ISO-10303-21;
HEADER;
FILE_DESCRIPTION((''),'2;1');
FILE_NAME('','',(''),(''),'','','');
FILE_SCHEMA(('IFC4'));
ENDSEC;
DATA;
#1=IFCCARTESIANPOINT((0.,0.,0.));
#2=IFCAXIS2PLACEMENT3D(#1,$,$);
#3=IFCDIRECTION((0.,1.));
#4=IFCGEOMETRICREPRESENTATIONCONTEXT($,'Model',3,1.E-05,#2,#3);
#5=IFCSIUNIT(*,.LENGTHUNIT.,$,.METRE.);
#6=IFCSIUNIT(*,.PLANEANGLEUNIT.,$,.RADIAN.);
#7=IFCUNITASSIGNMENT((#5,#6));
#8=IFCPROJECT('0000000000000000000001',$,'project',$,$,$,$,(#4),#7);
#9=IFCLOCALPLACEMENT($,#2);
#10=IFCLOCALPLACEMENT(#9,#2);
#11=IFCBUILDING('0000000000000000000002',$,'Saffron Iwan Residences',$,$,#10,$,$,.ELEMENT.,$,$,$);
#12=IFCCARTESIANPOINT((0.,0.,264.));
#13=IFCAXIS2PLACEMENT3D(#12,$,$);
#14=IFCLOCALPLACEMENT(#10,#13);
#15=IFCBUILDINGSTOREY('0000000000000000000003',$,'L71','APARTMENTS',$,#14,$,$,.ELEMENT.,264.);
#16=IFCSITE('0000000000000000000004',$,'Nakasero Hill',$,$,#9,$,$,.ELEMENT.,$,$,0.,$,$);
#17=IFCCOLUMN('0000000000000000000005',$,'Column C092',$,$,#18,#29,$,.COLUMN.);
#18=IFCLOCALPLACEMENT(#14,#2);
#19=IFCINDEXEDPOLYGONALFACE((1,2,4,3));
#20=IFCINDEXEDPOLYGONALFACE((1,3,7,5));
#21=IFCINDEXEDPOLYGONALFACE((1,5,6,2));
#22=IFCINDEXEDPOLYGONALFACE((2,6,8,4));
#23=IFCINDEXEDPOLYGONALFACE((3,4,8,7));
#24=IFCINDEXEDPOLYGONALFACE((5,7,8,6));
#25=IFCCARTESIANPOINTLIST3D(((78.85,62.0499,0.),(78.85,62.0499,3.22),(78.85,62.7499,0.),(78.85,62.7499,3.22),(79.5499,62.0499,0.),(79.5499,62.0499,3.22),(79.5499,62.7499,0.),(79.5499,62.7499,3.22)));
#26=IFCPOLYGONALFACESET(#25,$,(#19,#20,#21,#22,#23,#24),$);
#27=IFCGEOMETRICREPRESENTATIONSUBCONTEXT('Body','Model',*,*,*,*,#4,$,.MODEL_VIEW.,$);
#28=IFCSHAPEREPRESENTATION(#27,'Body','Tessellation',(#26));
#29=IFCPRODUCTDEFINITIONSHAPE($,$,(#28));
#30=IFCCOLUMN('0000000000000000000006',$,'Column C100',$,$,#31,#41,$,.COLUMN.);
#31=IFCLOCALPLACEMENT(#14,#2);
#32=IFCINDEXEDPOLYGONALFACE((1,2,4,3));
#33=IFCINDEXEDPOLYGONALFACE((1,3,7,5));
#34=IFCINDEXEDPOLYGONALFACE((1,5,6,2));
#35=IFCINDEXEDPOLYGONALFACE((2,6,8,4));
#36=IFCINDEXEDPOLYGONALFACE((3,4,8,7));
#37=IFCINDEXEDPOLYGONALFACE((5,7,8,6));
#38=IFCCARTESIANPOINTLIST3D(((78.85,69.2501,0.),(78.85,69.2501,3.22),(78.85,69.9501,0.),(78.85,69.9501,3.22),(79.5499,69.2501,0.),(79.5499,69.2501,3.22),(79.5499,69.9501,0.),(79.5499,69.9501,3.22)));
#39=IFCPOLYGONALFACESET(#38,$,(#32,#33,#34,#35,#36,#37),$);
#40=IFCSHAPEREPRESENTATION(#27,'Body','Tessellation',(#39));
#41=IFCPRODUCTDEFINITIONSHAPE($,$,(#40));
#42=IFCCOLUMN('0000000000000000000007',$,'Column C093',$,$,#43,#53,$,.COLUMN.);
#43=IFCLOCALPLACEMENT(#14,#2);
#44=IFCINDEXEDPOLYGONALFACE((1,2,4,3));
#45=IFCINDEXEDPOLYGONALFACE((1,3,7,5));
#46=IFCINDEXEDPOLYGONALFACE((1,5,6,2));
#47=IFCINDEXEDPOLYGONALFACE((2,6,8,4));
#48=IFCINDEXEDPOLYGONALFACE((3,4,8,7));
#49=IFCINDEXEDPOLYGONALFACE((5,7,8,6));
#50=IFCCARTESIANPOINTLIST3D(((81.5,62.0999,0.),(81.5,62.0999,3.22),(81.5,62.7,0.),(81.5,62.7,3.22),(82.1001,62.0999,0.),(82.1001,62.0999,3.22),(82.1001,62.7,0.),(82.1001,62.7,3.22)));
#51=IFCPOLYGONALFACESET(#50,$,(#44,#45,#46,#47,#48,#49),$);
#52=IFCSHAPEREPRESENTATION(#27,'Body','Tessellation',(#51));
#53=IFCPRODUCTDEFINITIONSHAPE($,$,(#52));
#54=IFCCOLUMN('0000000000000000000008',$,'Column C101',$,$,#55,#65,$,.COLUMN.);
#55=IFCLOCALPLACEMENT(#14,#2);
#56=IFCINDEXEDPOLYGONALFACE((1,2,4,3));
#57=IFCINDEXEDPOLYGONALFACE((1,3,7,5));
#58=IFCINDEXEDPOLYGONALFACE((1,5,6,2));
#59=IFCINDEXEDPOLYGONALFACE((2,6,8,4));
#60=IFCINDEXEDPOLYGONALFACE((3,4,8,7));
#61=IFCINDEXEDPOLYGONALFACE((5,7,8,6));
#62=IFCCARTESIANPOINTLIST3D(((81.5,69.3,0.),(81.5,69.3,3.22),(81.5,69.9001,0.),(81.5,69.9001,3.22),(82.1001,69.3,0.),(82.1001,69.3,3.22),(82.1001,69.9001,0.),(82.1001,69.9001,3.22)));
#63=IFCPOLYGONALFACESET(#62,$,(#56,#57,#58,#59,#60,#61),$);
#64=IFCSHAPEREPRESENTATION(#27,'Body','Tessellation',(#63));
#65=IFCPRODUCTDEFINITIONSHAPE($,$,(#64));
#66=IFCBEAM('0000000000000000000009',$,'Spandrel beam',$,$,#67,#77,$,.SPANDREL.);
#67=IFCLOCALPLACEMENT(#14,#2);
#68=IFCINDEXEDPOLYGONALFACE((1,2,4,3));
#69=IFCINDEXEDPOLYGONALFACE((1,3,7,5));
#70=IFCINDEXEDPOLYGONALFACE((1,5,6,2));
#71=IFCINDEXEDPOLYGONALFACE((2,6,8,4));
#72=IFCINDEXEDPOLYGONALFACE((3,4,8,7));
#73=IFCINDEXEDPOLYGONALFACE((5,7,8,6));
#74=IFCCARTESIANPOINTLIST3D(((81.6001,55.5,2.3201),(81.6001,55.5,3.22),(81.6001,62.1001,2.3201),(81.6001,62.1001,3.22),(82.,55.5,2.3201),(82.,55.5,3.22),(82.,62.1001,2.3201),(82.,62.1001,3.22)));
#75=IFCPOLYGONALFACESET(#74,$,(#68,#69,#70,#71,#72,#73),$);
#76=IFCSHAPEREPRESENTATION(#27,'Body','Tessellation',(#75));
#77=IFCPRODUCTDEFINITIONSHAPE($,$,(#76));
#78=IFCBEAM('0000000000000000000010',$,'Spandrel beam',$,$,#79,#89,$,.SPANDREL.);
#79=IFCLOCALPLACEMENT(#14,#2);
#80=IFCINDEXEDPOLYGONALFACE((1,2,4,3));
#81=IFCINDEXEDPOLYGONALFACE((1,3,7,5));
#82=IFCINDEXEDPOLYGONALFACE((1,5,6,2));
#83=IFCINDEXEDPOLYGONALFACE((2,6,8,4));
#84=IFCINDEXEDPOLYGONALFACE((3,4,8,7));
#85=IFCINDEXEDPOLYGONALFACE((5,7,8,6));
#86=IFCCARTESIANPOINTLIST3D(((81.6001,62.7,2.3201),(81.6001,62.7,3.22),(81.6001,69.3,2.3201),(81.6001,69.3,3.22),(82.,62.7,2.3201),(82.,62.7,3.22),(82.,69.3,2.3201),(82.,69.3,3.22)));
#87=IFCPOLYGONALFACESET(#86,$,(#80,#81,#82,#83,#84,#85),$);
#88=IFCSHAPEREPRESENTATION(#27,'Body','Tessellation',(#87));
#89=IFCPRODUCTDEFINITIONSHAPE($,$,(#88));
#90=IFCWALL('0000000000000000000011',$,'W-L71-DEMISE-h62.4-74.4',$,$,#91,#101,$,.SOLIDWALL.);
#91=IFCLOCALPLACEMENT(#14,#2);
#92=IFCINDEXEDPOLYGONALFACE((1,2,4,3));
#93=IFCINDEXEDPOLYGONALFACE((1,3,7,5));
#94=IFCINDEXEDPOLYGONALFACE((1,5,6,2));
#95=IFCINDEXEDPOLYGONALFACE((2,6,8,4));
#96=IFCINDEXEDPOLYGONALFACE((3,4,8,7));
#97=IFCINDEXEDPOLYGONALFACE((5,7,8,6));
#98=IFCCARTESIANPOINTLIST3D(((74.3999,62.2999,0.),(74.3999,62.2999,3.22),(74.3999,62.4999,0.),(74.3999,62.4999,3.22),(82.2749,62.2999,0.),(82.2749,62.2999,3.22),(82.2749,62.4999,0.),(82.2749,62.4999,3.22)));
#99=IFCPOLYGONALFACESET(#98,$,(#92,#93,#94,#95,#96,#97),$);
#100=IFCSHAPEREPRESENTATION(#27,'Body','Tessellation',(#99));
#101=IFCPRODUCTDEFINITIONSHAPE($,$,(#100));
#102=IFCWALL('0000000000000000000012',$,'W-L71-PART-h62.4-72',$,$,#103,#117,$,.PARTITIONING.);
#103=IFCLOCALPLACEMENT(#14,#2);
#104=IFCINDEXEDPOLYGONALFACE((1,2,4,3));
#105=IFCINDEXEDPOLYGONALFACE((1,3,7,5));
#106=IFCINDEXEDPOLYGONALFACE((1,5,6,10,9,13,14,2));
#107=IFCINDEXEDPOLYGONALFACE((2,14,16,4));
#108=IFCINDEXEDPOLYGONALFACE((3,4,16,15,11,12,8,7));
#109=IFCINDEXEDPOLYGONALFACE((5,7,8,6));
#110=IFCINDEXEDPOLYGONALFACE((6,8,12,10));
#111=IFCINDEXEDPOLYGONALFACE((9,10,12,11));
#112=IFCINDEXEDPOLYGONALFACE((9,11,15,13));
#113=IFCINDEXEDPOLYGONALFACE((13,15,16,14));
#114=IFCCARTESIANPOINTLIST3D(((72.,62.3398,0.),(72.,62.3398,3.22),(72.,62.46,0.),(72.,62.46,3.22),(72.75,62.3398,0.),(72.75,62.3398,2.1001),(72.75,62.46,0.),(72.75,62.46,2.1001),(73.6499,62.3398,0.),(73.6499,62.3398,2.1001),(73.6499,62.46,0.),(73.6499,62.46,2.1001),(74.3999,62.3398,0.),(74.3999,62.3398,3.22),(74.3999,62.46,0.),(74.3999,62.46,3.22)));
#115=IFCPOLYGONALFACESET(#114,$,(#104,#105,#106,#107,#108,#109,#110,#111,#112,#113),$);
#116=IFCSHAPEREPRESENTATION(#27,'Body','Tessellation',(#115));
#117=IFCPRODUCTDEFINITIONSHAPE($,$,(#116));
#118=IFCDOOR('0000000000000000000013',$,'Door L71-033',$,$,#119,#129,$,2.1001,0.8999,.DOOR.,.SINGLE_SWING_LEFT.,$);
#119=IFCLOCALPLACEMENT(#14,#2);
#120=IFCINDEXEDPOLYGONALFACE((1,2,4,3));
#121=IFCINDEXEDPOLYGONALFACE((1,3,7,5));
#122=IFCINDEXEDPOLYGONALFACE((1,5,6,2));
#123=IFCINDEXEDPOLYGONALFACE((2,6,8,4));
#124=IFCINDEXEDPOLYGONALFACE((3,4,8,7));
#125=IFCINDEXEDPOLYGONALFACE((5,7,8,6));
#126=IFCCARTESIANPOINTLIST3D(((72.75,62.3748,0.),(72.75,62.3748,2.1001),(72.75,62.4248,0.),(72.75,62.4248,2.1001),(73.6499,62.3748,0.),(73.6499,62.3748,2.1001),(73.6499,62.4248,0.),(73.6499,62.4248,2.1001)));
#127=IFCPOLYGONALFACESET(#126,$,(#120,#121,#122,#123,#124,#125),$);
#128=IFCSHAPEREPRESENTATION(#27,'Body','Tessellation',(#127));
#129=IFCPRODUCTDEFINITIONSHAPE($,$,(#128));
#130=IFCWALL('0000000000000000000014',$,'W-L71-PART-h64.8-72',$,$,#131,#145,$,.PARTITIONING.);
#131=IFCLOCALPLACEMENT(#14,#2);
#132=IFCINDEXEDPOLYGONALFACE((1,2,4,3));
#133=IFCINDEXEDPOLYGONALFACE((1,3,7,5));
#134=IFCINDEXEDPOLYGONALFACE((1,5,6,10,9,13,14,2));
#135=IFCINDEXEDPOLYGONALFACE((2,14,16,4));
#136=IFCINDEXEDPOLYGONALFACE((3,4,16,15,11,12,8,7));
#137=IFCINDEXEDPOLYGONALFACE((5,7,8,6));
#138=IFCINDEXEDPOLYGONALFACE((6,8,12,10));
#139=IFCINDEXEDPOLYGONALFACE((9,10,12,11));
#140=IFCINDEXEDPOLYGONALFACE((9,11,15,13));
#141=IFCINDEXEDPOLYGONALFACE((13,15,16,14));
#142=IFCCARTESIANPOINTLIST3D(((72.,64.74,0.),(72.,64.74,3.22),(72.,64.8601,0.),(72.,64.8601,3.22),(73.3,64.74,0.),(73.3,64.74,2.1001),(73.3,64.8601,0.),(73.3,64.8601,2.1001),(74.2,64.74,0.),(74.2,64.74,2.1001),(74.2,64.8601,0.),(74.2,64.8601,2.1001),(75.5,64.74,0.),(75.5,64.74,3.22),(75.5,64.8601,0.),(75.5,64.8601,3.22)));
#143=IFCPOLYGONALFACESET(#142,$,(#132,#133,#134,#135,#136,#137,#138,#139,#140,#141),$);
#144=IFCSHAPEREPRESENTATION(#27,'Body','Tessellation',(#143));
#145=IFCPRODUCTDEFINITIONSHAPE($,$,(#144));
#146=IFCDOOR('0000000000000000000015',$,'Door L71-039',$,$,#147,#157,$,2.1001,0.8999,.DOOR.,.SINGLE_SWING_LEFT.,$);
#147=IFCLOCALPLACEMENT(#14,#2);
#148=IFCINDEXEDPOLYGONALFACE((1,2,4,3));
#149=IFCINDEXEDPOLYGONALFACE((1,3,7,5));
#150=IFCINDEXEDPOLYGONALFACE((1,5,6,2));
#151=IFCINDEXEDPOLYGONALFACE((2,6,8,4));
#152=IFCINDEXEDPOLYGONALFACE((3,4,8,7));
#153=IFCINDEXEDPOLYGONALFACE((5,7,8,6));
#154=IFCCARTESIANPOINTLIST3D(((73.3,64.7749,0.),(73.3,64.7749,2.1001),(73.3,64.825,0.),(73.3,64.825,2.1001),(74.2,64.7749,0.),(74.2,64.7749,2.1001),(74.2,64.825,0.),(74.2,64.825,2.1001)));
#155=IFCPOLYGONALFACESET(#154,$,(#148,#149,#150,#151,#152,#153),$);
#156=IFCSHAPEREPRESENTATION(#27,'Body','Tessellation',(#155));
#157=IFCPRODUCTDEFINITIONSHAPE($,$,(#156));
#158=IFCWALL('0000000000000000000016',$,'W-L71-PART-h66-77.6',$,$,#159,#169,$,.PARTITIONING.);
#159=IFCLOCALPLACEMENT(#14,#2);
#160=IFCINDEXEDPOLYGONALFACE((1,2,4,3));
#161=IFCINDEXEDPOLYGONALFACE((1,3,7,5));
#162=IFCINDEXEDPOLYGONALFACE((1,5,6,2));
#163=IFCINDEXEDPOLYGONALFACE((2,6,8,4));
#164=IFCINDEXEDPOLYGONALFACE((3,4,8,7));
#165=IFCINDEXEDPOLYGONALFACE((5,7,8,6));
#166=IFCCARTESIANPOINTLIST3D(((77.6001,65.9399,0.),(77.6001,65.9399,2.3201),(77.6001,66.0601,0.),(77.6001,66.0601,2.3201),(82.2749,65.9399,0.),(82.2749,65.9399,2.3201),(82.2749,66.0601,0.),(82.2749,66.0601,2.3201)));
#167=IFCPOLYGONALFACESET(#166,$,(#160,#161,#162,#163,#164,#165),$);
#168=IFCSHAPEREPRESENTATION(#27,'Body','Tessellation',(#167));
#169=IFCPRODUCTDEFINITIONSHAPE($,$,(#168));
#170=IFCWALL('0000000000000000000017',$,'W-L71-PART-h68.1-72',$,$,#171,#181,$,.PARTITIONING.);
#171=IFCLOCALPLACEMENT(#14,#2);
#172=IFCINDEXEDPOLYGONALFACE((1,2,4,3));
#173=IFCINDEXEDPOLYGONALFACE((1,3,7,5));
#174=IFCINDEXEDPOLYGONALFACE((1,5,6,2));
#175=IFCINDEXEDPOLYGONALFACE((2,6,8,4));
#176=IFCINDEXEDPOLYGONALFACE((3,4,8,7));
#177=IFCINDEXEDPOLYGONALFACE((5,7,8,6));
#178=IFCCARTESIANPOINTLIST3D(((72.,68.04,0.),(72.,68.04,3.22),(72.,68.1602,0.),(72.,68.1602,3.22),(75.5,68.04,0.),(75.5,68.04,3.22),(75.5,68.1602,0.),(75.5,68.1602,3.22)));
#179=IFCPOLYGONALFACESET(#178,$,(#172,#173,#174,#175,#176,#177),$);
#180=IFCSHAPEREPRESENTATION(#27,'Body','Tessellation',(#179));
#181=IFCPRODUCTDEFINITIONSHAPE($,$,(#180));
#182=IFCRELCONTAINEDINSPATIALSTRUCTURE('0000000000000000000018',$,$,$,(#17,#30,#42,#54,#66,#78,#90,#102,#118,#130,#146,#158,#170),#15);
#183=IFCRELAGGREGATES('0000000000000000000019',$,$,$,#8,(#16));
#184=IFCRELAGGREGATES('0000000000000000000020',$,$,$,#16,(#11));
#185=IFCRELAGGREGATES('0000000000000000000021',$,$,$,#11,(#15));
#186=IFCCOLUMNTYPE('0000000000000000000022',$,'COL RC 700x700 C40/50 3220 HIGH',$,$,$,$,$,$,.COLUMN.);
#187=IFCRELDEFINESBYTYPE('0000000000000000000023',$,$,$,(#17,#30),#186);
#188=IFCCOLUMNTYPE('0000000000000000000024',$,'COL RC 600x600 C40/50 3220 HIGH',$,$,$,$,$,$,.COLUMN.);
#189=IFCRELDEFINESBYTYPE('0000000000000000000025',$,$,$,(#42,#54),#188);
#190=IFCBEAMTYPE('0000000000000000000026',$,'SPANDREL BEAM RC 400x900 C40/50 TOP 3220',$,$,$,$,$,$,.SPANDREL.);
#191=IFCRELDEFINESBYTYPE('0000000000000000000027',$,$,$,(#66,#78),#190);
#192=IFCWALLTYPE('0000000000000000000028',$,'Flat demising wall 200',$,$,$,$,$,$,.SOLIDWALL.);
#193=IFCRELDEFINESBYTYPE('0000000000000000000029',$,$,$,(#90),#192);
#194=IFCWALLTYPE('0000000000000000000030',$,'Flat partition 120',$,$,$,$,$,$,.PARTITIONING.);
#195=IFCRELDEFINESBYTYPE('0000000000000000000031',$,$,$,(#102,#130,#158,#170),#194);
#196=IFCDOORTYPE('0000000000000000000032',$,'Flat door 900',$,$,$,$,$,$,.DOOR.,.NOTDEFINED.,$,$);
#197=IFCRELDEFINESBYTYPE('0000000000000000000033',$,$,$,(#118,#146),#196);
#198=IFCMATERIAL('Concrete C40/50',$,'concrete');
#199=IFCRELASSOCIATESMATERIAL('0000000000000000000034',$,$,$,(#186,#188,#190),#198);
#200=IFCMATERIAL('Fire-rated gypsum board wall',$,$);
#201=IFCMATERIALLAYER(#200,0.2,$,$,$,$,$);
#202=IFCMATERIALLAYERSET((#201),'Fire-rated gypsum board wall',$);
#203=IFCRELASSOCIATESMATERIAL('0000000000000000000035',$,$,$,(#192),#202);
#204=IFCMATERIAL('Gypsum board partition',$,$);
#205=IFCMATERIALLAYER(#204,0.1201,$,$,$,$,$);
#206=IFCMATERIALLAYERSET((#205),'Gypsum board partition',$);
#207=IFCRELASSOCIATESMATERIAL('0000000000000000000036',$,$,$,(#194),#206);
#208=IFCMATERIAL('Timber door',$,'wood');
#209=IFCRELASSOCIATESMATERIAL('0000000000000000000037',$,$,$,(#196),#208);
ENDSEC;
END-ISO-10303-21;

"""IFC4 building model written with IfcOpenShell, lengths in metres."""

from ifc_helpers import new_model, si_unit, direction, frame, frame_2d, origin, origin_2d, place, context, subcontext, project, spatial, rectangle, extrude, source, transform, mapped, material, layer, layer_set, material_profile, profile_set, type_object, element, fill, save


model = new_model("IFC4")

# Units and contexts
model_context = context("Model", 3, precision=1e-05, world=origin(), true_north=direction((0.0, 1.0)))
body_context = subcontext(model_context, "Body", "Model", "MODEL_VIEW")
ifc_project = project(units=[si_unit("LENGTHUNIT", "METRE"), si_unit("PLANEANGLEUNIT", "RADIAN")], contexts=[model_context])

# Site, building, storey
site_placement = place(None, origin())
site = spatial("IfcSite", under=ifc_project, at=site_placement, Name="Nakasero Hill", CompositionType="ELEMENT", RefElevation=0.0)
building_placement = place(site_placement, origin())
building = spatial("IfcBuilding", under=site, at=building_placement, Name="Saffron Iwan Residences", CompositionType="ELEMENT")
storey_placement = place(building_placement, frame((0.0, 0.0, 264.0)))
storey = spatial("IfcBuildingStorey", under=building, at=storey_placement, Name="L71", Description="APARTMENTS", CompositionType="ELEMENT", Elevation=264.0)

# Columns
ifc_material_1 = material(Name="Concrete C40/50", Category="concrete")
ifc_material_profile_1 = material_profile(ifc_material_1, rectangle(XDim=0.7, YDim=0.7, at=origin_2d()), Name="RC 700x700")
ifc_profile_set_1 = profile_set([ifc_material_profile_1], Name="Concrete C40/50")
column_type_1 = type_object("IfcColumnType", Name="COL RC 700x700 C40/50 3220 HIGH", PredefinedType="COLUMN", material=ifc_profile_set_1)
shared_shape_1 = source(origin(), body_context, "Body", "SweptSolid", [
    extrude(rectangle(XDim=0.7, YDim=0.7, at=origin_2d()), origin(), (0.0, 0.0, 1.0), 3.22),
])
for number, where, z_axis, x_axis, name in (
    (1, (79.2, 62.3999, 0.0), (0.0, 0.0, 1.0), (1.0, 0.0, 0.0), "Column C092"),
    (2, (79.2, 69.6001, 0.0), (0.0, 0.0, 1.0), (1.0, 0.0, 0.0), "Column C100"),
):
    element("IfcColumn", number, at=place(storey_placement, frame(where, z_axis=z_axis, x_axis=x_axis)), inside=storey, type_object=column_type_1, Name=name, PredefinedType="COLUMN", context=body_context, shape_type="MappedRepresentation", body=[
        mapped(shared_shape_1, transform((0.0, 0.0, 0.0))),
    ])
ifc_material_profile_2 = material_profile(ifc_material_1, rectangle(XDim=0.6001, YDim=0.6001, at=origin_2d()), Name="RC 600x600")
ifc_profile_set_2 = profile_set([ifc_material_profile_2], Name="Concrete C40/50")
column_type_2 = type_object("IfcColumnType", Name="COL RC 600x600 C40/50 3220 HIGH", PredefinedType="COLUMN", material=ifc_profile_set_2)
shared_shape_2 = source(origin(), body_context, "Body", "SweptSolid", [
    extrude(rectangle(XDim=0.6001, YDim=0.6001, at=origin_2d()), origin(), (0.0, 0.0, 1.0), 3.22),
])
for number, where, z_axis, x_axis, name in (
    (3, (81.8, 62.3999, 0.0), (0.0, 0.0, 1.0), (1.0, 0.0, 0.0), "Column C093"),
    (4, (81.8, 69.6001, 0.0), (0.0, 0.0, 1.0), (1.0, 0.0, 0.0), "Column C101"),
):
    element("IfcColumn", number, at=place(storey_placement, frame(where, z_axis=z_axis, x_axis=x_axis)), inside=storey, type_object=column_type_2, Name=name, PredefinedType="COLUMN", context=body_context, shape_type="MappedRepresentation", body=[
        mapped(shared_shape_2, transform((0.0, 0.0, 0.0))),
    ])

# Beams
ifc_material_profile_3 = material_profile(ifc_material_1, rectangle(XDim=0.3999, YDim=0.8999, at=origin_2d()), Name="RC 400x900")
ifc_profile_set_3 = profile_set([ifc_material_profile_3], Name="Concrete C40/50")
beam_type = type_object("IfcBeamType", Name="SPANDREL BEAM RC 400x900 C40/50 TOP 3220", PredefinedType="SPANDREL", material=ifc_profile_set_3)
shared_shape_3 = source(origin(), body_context, "Body", "SweptSolid", [
    extrude(rectangle(XDim=0.3999, YDim=0.8999, at=origin_2d()), origin(), (0.0, 0.0, 1.0), 6.6001),
])
for number, where, z_axis, x_axis, name in (
    (5, (81.8, 62.1001, 2.77), (0.0, -1.0, 0.0), (1.0, 0.0, 0.0), "Spandrel beam"),
    (6, (81.8, 69.3, 2.77), (0.0, -1.0, 0.0), (1.0, 0.0, 0.0), "Spandrel beam"),
):
    element("IfcBeam", number, at=place(storey_placement, frame(where, z_axis=z_axis, x_axis=x_axis)), inside=storey, type_object=beam_type, Name=name, PredefinedType="SPANDREL", context=body_context, shape_type="MappedRepresentation", body=[
        mapped(shared_shape_3, transform((0.0, 0.0, 0.0))),
    ])

# Wall
ifc_material_2 = material(Name="Fire-rated gypsum board wall")
ifc_layer_1 = layer(ifc_material_2, 0.2)
ifc_layer_set_1 = layer_set([ifc_layer_1], Name="Fire-rated gypsum board wall")
wall_type_1 = type_object("IfcWallType", Name="Flat demising wall 200", PredefinedType="SOLIDWALL", material=ifc_layer_set_1)
wall_1_placement = place(storey_placement, frame((74.3999, 62.3999, 0.0), z_axis=(0.0, 0.0, 1.0), x_axis=(1.0, 0.0, 0.0)))
element("IfcWall", 7, at=wall_1_placement, inside=storey, type_object=wall_type_1, Name="W-L71-DEMISE-h62.4-74.4", PredefinedType="SOLIDWALL", context=body_context, shape_type="SweptSolid", body=[
    extrude(rectangle(XDim=7.875, YDim=0.2, at=frame_2d((3.9375, 0.0))), origin(), (0.0, 0.0, 1.0), 3.22),
])

# Walls, openings, doors
ifc_material_3 = material(Name="Gypsum board partition")
ifc_layer_2 = layer(ifc_material_3, 0.1201)
ifc_layer_set_2 = layer_set([ifc_layer_2], Name="Gypsum board partition")
wall_type_2 = type_object("IfcWallType", Name="Flat partition 120", PredefinedType="PARTITIONING", material=ifc_layer_set_2)
wall_2_placement = place(storey_placement, frame((72.0, 62.3999, 0.0), z_axis=(0.0, 0.0, 1.0), x_axis=(1.0, 0.0, 0.0)))
wall_2 = element("IfcWall", 8, at=wall_2_placement, inside=storey, type_object=wall_type_2, Name="W-L71-PART-h62.4-72", PredefinedType="PARTITIONING", context=body_context, shape_type="SweptSolid", body=[
    extrude(rectangle(XDim=2.3999, YDim=0.1201, at=frame_2d((1.2, 0.0))), origin(), (0.0, 0.0, 1.0), 3.22),
])
opening_1_placement = place(wall_2_placement, frame((0.75, 0.0, 0.0)))
opening_1 = element("IfcOpeningElement", 9, at=opening_1_placement, cuts=wall_2, PredefinedType="OPENING", context=body_context, shape_type="SweptSolid", body=[
    extrude(rectangle(XDim=0.8999, YDim=2.1001, at=frame_2d((0.45, 1.05))), frame((0.0, 0.0701, 0.0), z_axis=(0.0, -1.0, 0.0), x_axis=(1.0, 0.0, 0.0)), (0.0, 0.0, 1.0), 0.1401),
])
ifc_material_4 = material(Name="Timber door", Category="wood")
door_type_1 = type_object("IfcDoorType", Name="Flat door 900", OperationType="NOTDEFINED", PredefinedType="DOOR", material=ifc_material_4)
door_1_placement = place(opening_1_placement, origin())
door_1 = element("IfcDoor", 10, at=door_1_placement, inside=storey, type_object=door_type_1, Name="Door L71-033", OperationType="SINGLE_SWING_LEFT", OverallHeight=2.1001, OverallWidth=0.8999, PredefinedType="DOOR", context=body_context, shape_type="SweptSolid", body=[
    extrude(rectangle(XDim=0.8999, YDim=2.1001, at=frame_2d((0.45, 1.05))), frame((0.0, 0.0249, 0.0), z_axis=(0.0, -1.0, 0.0), x_axis=(1.0, 0.0, 0.0)), (0.0, 0.0, 1.0), 0.05),
])
fill(opening_1, door_1)
wall_3_placement = place(storey_placement, frame((72.0, 64.8, 0.0), z_axis=(0.0, 0.0, 1.0), x_axis=(1.0, 0.0, 0.0)))
wall_3 = element("IfcWall", 11, at=wall_3_placement, inside=storey, type_object=wall_type_2, Name="W-L71-PART-h64.8-72", PredefinedType="PARTITIONING", context=body_context, shape_type="SweptSolid", body=[
    extrude(rectangle(XDim=3.5, YDim=0.1201, at=frame_2d((1.75, 0.0))), origin(), (0.0, 0.0, 1.0), 3.22),
])
opening_2_placement = place(wall_3_placement, frame((1.3, 0.0, 0.0)))
opening_2 = element("IfcOpeningElement", 12, at=opening_2_placement, cuts=wall_3, PredefinedType="OPENING", context=body_context, shape_type="SweptSolid", body=[
    extrude(rectangle(XDim=0.8999, YDim=2.1001, at=frame_2d((0.45, 1.05))), frame((0.0, 0.0701, 0.0), z_axis=(0.0, -1.0, 0.0), x_axis=(1.0, 0.0, 0.0)), (0.0, 0.0, 1.0), 0.1401),
])
door_2_placement = place(opening_2_placement, origin())
door_2 = element("IfcDoor", 13, at=door_2_placement, inside=storey, type_object=door_type_1, Name="Door L71-039", OperationType="SINGLE_SWING_LEFT", OverallHeight=2.1001, OverallWidth=0.8999, PredefinedType="DOOR", context=body_context, shape_type="SweptSolid", body=[
    extrude(rectangle(XDim=0.8999, YDim=2.1001, at=frame_2d((0.45, 1.05))), frame((0.0, 0.0249, 0.0), z_axis=(0.0, -1.0, 0.0), x_axis=(1.0, 0.0, 0.0)), (0.0, 0.0, 1.0), 0.05),
])
fill(opening_2, door_2)

# Walls
wall_4_placement = place(storey_placement, frame((77.6001, 66.0, 0.0), z_axis=(0.0, 0.0, 1.0), x_axis=(1.0, 0.0, 0.0)))
element("IfcWall", 14, at=wall_4_placement, inside=storey, type_object=wall_type_2, Name="W-L71-PART-h66-77.6", PredefinedType="PARTITIONING", context=body_context, shape_type="SweptSolid", body=[
    extrude(rectangle(XDim=4.6748, YDim=0.1201, at=frame_2d((2.3374, 0.0))), origin(), (0.0, 0.0, 1.0), 2.3201),
])
wall_5_placement = place(storey_placement, frame((72.0, 68.1001, 0.0), z_axis=(0.0, 0.0, 1.0), x_axis=(1.0, 0.0, 0.0)))
element("IfcWall", 15, at=wall_5_placement, inside=storey, type_object=wall_type_2, Name="W-L71-PART-h68.1-72", PredefinedType="PARTITIONING", context=body_context, shape_type="SweptSolid", body=[
    extrude(rectangle(XDim=3.5, YDim=0.1201, at=frame_2d((1.75, 0.0))), origin(), (0.0, 0.0, 1.0), 3.22),
])

save(model, "model.ifc")
